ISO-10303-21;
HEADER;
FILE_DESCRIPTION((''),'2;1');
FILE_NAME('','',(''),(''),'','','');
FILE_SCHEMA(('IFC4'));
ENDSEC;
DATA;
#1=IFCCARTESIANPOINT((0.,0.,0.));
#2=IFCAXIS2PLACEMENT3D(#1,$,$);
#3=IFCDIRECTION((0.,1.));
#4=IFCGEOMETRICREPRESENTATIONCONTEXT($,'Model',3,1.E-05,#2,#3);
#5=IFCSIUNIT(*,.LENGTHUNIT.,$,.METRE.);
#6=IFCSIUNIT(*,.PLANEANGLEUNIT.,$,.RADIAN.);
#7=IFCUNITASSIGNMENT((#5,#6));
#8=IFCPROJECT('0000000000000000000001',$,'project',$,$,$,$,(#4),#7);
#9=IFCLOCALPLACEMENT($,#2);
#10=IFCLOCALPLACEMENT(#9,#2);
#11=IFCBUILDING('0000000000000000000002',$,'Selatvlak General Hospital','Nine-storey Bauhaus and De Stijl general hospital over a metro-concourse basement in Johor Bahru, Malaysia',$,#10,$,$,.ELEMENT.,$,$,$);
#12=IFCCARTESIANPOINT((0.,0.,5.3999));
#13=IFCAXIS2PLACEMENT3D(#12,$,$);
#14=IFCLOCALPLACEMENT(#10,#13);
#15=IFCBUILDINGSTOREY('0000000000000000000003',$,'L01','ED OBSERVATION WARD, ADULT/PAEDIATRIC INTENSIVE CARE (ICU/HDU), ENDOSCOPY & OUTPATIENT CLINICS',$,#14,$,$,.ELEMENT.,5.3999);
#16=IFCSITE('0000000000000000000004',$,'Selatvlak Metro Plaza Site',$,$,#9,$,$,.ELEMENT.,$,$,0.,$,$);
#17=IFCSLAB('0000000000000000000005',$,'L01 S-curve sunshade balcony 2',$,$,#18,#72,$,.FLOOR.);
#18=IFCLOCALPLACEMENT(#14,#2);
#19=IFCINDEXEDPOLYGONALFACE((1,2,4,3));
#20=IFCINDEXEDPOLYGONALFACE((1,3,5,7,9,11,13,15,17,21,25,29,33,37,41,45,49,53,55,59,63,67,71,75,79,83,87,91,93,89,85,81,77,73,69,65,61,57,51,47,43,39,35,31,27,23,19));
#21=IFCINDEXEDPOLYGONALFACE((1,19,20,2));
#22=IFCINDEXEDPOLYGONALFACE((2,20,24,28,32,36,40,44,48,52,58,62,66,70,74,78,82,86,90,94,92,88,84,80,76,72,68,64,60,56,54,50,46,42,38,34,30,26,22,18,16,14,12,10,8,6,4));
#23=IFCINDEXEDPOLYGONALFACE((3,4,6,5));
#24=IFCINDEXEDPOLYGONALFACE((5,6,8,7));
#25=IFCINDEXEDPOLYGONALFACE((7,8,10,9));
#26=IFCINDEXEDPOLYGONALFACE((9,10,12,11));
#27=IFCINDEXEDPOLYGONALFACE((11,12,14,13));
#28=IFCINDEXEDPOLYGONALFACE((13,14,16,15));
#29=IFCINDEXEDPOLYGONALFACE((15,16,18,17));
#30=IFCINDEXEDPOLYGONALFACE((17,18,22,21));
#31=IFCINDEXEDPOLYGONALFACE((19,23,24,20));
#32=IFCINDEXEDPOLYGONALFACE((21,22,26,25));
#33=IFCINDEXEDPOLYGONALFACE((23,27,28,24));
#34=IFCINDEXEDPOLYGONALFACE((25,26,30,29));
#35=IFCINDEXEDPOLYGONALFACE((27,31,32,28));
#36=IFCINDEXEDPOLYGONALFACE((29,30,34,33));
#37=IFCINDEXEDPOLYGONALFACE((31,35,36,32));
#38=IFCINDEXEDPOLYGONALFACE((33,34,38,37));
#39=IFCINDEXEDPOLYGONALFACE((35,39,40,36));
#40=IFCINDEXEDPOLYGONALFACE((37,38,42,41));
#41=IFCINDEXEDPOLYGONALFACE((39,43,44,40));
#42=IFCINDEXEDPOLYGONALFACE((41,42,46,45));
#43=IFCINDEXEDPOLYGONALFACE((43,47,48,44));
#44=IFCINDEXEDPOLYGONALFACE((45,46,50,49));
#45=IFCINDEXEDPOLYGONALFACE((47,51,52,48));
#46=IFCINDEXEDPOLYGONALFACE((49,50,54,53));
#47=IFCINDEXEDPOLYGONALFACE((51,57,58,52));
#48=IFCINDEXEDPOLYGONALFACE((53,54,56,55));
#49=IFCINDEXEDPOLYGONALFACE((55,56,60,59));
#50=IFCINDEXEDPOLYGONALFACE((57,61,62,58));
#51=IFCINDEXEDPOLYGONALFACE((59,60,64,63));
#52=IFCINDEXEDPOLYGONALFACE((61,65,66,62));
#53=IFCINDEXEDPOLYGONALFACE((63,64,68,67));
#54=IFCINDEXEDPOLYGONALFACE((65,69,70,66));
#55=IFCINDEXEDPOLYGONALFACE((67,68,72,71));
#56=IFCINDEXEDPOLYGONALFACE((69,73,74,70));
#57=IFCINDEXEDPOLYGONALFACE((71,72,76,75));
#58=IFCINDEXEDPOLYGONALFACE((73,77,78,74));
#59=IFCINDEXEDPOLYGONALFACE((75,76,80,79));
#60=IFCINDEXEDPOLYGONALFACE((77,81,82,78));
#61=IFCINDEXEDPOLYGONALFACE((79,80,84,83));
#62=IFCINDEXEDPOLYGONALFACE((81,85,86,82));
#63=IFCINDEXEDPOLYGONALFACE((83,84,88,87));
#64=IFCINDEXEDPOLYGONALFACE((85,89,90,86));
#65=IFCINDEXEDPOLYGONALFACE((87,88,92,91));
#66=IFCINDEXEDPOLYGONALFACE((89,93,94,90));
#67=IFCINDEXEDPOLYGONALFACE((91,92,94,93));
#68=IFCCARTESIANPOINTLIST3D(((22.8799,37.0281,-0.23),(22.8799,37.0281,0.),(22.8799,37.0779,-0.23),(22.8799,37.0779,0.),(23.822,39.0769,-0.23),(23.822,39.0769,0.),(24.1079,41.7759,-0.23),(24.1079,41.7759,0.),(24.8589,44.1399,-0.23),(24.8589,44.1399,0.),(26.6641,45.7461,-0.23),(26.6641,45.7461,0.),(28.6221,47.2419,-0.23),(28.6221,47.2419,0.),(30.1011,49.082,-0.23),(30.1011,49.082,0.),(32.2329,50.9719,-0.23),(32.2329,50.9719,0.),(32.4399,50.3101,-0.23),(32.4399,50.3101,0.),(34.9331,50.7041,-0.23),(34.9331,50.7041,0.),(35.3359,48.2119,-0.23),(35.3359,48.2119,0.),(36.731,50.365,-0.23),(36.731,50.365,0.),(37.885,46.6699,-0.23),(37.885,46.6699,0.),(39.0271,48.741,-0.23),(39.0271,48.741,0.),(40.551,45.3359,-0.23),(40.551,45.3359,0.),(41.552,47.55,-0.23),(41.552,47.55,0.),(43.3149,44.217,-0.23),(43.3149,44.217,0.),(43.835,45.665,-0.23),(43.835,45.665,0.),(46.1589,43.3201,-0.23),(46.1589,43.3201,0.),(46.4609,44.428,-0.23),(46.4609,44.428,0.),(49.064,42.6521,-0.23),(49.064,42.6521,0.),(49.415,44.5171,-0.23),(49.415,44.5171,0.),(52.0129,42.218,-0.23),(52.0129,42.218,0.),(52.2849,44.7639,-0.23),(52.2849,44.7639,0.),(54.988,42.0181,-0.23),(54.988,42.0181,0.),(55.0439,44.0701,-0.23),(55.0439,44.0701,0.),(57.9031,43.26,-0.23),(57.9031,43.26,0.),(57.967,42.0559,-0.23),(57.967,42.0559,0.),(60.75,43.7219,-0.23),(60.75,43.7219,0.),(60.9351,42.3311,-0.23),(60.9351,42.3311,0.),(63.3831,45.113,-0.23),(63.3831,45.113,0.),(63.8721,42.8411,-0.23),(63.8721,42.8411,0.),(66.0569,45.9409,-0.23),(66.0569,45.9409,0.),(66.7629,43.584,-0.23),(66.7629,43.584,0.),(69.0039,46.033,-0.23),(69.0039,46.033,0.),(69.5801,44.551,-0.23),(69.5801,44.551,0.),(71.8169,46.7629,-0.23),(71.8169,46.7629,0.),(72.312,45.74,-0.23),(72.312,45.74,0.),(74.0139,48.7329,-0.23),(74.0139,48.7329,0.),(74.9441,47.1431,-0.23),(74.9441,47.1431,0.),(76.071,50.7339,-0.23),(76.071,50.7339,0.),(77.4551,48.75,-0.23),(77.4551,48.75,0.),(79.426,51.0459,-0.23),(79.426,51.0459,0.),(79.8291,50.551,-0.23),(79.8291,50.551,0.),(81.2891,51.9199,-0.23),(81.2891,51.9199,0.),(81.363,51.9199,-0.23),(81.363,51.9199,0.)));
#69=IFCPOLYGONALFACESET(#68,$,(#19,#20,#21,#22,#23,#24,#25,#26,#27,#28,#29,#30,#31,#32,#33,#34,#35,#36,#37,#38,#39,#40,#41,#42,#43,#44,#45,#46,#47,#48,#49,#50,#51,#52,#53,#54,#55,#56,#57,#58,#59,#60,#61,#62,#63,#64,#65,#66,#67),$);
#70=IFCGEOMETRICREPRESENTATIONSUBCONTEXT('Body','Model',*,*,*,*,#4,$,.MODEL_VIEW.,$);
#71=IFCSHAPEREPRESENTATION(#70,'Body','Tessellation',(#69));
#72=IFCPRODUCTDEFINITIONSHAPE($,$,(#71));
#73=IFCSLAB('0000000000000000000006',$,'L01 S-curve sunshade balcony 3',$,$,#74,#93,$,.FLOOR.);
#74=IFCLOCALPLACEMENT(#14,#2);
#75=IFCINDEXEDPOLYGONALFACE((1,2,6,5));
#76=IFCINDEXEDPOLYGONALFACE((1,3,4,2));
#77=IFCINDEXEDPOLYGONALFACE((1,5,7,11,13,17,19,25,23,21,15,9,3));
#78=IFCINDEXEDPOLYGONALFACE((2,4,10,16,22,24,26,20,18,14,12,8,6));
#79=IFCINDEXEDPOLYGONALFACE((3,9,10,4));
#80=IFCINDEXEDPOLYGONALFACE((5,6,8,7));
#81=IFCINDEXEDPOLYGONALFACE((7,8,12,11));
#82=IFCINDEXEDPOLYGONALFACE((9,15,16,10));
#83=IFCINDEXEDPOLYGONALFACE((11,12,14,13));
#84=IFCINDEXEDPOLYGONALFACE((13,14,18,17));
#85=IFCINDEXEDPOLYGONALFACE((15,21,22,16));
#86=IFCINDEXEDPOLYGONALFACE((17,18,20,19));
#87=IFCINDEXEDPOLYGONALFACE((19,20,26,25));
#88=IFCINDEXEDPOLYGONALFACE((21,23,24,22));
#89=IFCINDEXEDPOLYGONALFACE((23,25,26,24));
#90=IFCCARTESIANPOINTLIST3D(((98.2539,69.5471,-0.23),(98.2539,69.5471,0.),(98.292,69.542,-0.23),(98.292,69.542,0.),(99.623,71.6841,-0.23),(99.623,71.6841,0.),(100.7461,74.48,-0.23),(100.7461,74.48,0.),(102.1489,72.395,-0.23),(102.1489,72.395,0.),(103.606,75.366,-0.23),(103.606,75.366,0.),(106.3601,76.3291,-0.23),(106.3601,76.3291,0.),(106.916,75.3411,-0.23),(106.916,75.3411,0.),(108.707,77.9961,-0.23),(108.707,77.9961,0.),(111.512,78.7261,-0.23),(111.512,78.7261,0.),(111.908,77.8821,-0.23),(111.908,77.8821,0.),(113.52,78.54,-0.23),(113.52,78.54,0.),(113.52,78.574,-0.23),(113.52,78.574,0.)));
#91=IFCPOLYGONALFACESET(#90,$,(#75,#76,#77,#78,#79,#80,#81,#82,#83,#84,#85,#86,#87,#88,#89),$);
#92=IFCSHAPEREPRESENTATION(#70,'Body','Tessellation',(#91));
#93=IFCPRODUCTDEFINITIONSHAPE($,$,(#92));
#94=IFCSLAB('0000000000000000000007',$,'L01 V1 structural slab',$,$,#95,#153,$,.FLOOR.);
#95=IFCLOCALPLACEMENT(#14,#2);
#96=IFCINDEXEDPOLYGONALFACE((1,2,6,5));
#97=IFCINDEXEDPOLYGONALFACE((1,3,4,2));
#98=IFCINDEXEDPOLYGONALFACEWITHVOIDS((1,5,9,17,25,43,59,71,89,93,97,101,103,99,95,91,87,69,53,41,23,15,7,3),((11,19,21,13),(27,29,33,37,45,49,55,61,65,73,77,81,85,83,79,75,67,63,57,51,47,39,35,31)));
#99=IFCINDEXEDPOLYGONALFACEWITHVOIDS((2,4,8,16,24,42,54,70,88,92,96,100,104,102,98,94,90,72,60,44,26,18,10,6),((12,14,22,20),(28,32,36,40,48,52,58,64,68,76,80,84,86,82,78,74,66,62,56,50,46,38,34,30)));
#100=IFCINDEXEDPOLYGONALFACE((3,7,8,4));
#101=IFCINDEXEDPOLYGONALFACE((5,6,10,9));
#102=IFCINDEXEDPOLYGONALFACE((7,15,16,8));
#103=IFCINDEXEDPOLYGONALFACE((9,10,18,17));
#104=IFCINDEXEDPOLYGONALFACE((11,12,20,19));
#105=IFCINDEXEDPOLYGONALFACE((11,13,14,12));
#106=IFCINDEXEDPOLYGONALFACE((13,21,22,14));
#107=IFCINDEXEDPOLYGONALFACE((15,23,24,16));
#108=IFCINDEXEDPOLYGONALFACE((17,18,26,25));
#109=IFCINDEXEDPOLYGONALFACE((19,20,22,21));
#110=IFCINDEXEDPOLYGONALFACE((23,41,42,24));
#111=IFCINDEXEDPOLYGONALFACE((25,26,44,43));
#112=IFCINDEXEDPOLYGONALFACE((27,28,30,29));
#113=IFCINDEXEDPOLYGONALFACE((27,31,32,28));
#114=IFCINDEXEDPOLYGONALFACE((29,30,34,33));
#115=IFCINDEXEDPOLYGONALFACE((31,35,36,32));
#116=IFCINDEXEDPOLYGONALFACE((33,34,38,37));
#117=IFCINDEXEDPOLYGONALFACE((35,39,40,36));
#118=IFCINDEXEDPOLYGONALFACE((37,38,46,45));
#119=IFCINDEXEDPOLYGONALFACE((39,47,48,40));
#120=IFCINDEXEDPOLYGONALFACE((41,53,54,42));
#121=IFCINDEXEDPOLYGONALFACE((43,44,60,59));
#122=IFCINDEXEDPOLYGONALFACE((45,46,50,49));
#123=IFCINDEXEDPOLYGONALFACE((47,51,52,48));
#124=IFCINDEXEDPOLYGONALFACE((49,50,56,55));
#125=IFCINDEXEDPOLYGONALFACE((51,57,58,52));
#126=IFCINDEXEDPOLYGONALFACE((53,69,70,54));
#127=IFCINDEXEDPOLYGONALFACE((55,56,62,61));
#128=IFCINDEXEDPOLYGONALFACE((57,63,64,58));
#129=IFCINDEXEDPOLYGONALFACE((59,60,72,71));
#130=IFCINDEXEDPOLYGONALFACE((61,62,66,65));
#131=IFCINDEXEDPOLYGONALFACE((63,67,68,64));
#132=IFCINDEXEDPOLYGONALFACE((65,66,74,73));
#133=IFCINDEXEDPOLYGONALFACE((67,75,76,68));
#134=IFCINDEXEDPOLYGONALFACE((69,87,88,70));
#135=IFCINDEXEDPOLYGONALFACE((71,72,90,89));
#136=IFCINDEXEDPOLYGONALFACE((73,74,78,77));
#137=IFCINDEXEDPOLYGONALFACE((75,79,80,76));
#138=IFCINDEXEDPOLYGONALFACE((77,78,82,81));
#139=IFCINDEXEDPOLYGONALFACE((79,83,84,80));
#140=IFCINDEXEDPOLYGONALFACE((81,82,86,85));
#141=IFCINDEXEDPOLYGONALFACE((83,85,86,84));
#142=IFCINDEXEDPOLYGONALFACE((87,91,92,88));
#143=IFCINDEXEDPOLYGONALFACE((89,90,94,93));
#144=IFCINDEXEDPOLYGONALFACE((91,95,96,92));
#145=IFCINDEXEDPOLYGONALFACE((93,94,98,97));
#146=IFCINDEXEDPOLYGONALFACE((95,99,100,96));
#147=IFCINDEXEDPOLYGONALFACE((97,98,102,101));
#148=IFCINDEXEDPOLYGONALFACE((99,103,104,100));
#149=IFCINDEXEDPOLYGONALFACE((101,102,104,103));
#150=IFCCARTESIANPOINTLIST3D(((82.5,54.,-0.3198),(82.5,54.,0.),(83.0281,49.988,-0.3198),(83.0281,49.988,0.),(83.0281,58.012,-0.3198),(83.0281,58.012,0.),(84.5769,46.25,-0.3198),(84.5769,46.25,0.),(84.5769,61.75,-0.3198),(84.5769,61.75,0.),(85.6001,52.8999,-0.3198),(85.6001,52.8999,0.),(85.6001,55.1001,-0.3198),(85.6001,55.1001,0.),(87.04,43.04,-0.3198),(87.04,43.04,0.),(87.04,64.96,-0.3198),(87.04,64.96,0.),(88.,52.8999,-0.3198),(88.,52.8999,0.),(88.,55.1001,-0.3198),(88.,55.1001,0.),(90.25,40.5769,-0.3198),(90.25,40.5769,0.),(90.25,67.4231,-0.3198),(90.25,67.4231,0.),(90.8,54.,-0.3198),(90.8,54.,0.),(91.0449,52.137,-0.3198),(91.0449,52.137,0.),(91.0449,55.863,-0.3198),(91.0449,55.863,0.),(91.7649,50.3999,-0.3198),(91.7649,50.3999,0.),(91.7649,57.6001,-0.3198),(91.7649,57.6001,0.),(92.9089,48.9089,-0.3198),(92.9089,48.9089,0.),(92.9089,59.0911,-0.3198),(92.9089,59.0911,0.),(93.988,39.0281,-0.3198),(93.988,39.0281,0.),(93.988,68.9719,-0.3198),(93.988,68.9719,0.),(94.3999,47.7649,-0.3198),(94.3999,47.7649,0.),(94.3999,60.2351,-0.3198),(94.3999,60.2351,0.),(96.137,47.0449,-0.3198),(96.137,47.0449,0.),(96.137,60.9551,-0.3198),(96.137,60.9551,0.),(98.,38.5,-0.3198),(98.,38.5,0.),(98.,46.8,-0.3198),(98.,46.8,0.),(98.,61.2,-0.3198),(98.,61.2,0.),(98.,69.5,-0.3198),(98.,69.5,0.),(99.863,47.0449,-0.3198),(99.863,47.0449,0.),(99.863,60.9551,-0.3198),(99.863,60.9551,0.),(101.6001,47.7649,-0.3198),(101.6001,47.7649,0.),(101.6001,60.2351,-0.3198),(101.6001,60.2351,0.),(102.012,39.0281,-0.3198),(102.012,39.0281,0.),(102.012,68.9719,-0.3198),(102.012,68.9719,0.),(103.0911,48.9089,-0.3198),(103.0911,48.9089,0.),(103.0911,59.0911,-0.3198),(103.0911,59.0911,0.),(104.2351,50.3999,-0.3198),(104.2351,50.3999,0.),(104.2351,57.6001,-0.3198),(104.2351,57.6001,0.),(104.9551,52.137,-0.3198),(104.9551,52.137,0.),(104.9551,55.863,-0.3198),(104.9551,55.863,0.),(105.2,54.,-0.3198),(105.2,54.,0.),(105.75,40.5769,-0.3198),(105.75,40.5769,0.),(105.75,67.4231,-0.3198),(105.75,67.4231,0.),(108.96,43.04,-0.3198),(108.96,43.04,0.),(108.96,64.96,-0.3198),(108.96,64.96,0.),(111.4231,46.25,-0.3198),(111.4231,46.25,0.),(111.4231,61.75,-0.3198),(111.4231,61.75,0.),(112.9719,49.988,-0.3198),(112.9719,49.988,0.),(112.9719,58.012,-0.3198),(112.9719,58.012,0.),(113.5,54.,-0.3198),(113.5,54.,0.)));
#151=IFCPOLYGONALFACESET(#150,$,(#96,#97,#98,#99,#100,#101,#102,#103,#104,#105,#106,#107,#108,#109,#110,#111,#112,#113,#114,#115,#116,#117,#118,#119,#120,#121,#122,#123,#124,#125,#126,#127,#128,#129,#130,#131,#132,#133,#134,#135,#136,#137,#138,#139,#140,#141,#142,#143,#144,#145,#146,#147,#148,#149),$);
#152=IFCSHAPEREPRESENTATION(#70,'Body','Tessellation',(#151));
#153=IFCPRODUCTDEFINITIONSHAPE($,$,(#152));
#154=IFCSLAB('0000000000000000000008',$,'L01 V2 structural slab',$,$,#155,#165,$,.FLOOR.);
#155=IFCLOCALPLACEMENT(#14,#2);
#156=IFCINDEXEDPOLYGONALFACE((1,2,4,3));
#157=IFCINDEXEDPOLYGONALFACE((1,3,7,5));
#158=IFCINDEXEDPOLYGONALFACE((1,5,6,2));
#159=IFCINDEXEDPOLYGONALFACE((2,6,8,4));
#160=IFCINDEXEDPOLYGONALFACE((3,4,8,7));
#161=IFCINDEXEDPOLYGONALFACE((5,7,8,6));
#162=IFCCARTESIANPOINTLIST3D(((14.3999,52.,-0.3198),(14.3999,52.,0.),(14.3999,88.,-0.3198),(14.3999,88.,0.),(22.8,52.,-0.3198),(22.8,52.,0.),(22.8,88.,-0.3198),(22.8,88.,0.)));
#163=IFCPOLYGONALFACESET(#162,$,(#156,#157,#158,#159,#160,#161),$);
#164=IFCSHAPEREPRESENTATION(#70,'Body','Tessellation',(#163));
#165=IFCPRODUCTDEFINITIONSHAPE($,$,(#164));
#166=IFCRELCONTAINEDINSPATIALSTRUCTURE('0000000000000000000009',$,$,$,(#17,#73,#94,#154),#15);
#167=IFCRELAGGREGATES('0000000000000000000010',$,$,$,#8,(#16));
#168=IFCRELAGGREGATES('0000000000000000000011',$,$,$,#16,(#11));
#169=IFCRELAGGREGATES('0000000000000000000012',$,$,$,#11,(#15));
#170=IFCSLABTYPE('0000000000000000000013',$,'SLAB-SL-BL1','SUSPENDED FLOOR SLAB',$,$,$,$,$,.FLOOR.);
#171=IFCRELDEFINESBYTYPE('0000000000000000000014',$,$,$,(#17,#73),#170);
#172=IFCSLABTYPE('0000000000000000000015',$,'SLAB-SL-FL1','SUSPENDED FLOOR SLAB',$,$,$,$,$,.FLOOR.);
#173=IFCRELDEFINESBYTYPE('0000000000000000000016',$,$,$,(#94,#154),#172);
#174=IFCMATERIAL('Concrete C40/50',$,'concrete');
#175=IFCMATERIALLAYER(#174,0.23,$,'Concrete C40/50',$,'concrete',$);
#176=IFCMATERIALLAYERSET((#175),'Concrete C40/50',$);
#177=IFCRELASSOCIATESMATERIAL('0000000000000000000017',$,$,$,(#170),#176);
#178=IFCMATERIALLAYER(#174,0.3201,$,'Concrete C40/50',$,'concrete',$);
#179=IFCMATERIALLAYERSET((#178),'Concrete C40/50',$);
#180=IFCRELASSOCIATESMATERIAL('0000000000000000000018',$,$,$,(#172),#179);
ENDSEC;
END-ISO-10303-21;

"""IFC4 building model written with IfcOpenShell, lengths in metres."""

from ifc_helpers import new_model, si_unit, direction, frame, origin, place, context, subcontext, project, spatial, polyline, outline, extrude, material, layer, layer_set, type_object, element, save


model = new_model("IFC4")

# Units and contexts
model_context = context("Model", 3, precision=1e-05, world=origin(), true_north=direction((0.0, 1.0)))
body_context = subcontext(model_context, "Body", "Model", "MODEL_VIEW")
ifc_project = project(units=[si_unit("LENGTHUNIT", "METRE"), si_unit("PLANEANGLEUNIT", "RADIAN")], contexts=[model_context])

# Site, building, storey
site_placement = place(None, origin())
site = spatial("IfcSite", under=ifc_project, at=site_placement, Name="Selatvlak Metro Plaza Site", CompositionType="ELEMENT", RefElevation=0.0)
building_placement = place(site_placement, origin())
building = spatial("IfcBuilding", under=site, at=building_placement, Name="Selatvlak General Hospital", Description="Nine-storey Bauhaus and De Stijl general hospital over a metro-concourse basement in Johor Bahru, Malaysia", CompositionType="ELEMENT")
storey_placement = place(building_placement, frame((0.0, 0.0, 5.3999)))
storey = spatial("IfcBuildingStorey", under=building, at=storey_placement, Name="L01", Description="ED OBSERVATION WARD, ADULT/PAEDIATRIC INTENSIVE CARE (ICU/HDU), ENDOSCOPY & OUTPATIENT CLINICS", CompositionType="ELEMENT", Elevation=5.3999)

# Shared definitions
ifc_material_1 = material(Name="Concrete C40/50", Category="concrete")

# Slabs
ifc_layer_1 = layer(ifc_material_1, 0.23, Name="Concrete C40/50", Category="concrete")
ifc_layer_set_1 = layer_set([ifc_layer_1], Name="Concrete C40/50")
slab_type_1 = type_object("IfcSlabType", Name="SLAB-SL-BL1", Description="SUSPENDED FLOOR SLAB", PredefinedType="FLOOR", material=ifc_layer_set_1)
slab_1_placement = place(storey_placement, frame((0.0, 0.0, -0.23)))
element("IfcSlab", 1, at=slab_1_placement, inside=storey, type_object=slab_type_1, Name="L01 S-curve sunshade balcony 2", PredefinedType="FLOOR", context=body_context, shape_type="SweptSolid", body=[
    extrude(outline(polyline([(46.4609, 44.428), (49.415, 44.5171), (52.2849, 44.7639), (55.0439, 44.0701), (57.9031, 43.26), (60.75, 43.7219), (63.3831, 45.113), (66.0569, 45.9409), (69.0039, 46.033), (71.8169, 46.7629), (74.0139, 48.7329), (76.071, 50.7339), (79.426, 51.0459), (81.2891, 51.9199), (81.363, 51.9199), (79.8291, 50.551), (77.4551, 48.75), (74.9441, 47.1431), (72.312, 45.74), (69.5801, 44.551), (66.7629, 43.584), (63.8721, 42.8411), (60.9351, 42.3311), (57.967, 42.0559), (54.988, 42.0181), (52.0129, 42.218), (49.064, 42.6521), (46.1589, 43.3201), (43.3149, 44.217), (40.551, 45.3359), (37.885, 46.6699), (35.3359, 48.2119), (32.4399, 50.3101), (22.8799, 37.0281), (22.8799, 37.0779), (23.822, 39.0769), (24.1079, 41.7759), (24.8589, 44.1399), (26.6641, 45.7461), (28.6221, 47.2419), (30.1011, 49.082), (32.2329, 50.9719), (34.9331, 50.7041), (36.731, 50.365), (39.0271, 48.741), (41.552, 47.55), (43.835, 45.665), (46.4609, 44.428)])), origin(), (0.0, 0.0, 1.0), 0.23),
])
slab_2_placement = place(storey_placement, frame((0.0, 0.0, -0.23)))
element("IfcSlab", 2, at=slab_2_placement, inside=storey, type_object=slab_type_1, Name="L01 S-curve sunshade balcony 3", PredefinedType="FLOOR", context=body_context, shape_type="SweptSolid", body=[
    extrude(outline(polyline([(106.3601, 76.3291), (108.707, 77.9961), (111.512, 78.7261), (113.52, 78.574), (113.52, 78.54), (111.908, 77.8821), (106.916, 75.3411), (102.1489, 72.395), (98.292, 69.542), (98.2539, 69.5471), (99.623, 71.6841), (100.7461, 74.48), (103.606, 75.366), (106.3601, 76.3291)])), origin(), (0.0, 0.0, 1.0), 0.23),
])
ifc_layer_2 = layer(ifc_material_1, 0.3201, Name="Concrete C40/50", Category="concrete")
ifc_layer_set_2 = layer_set([ifc_layer_2], Name="Concrete C40/50")
slab_type_2 = type_object("IfcSlabType", Name="SLAB-SL-FL1", Description="SUSPENDED FLOOR SLAB", PredefinedType="FLOOR", material=ifc_layer_set_2)
slab_3_placement = place(storey_placement, frame((0.0, 0.0, -0.3198)))
element("IfcSlab", 3, at=slab_3_placement, inside=storey, type_object=slab_type_2, Name="L01 V1 structural slab", PredefinedType="FLOOR", context=body_context, shape_type="SweptSolid", body=[
    extrude(outline(polyline([(111.4231, 46.25), (108.96, 43.04), (105.75, 40.5769), (102.012, 39.0281), (98.0, 38.5), (93.988, 39.0281), (90.25, 40.5769), (87.04, 43.04), (84.5769, 46.25), (83.0281, 49.988), (82.5, 54.0), (83.0281, 58.012), (84.5769, 61.75), (87.04, 64.96), (90.25, 67.4231), (93.988, 68.9719), (98.0, 69.5), (102.012, 68.9719), (105.75, 67.4231), (108.96, 64.96), (111.4231, 61.75), (112.9719, 58.012), (113.5, 54.0), (112.9719, 49.988), (111.4231, 46.25)]), holes=[polyline([(104.2351, 57.6001), (103.0911, 59.0911), (101.6001, 60.2351), (99.863, 60.9551), (98.0, 61.2), (96.137, 60.9551), (94.3999, 60.2351), (92.9089, 59.0911), (91.7649, 57.6001), (91.0449, 55.863), (90.8, 54.0), (91.0449, 52.137), (91.7649, 50.3999), (92.9089, 48.9089), (94.3999, 47.7649), (96.137, 47.0449), (98.0, 46.8), (99.863, 47.0449), (101.6001, 47.7649), (103.0911, 48.9089), (104.2351, 50.3999), (104.9551, 52.137), (105.2, 54.0), (104.9551, 55.863), (104.2351, 57.6001)]), polyline([(88.0, 55.1001), (85.6001, 55.1001), (85.6001, 52.8999), (88.0, 52.8999), (88.0, 55.1001)])]), origin(), (0.0, 0.0, 1.0), 0.3198),
])
slab_4_placement = place(storey_placement, frame((0.0, 0.0, -0.3198)))
element("IfcSlab", 4, at=slab_4_placement, inside=storey, type_object=slab_type_2, Name="L01 V2 structural slab", PredefinedType="FLOOR", context=body_context, shape_type="SweptSolid", body=[
    extrude(outline(polyline([(14.3999, 52.0), (14.3999, 88.0), (22.8, 88.0), (22.8, 52.0), (14.3999, 52.0)])), origin(), (0.0, 0.0, 1.0), 0.3198),
])

save(model, "model.ifc")
